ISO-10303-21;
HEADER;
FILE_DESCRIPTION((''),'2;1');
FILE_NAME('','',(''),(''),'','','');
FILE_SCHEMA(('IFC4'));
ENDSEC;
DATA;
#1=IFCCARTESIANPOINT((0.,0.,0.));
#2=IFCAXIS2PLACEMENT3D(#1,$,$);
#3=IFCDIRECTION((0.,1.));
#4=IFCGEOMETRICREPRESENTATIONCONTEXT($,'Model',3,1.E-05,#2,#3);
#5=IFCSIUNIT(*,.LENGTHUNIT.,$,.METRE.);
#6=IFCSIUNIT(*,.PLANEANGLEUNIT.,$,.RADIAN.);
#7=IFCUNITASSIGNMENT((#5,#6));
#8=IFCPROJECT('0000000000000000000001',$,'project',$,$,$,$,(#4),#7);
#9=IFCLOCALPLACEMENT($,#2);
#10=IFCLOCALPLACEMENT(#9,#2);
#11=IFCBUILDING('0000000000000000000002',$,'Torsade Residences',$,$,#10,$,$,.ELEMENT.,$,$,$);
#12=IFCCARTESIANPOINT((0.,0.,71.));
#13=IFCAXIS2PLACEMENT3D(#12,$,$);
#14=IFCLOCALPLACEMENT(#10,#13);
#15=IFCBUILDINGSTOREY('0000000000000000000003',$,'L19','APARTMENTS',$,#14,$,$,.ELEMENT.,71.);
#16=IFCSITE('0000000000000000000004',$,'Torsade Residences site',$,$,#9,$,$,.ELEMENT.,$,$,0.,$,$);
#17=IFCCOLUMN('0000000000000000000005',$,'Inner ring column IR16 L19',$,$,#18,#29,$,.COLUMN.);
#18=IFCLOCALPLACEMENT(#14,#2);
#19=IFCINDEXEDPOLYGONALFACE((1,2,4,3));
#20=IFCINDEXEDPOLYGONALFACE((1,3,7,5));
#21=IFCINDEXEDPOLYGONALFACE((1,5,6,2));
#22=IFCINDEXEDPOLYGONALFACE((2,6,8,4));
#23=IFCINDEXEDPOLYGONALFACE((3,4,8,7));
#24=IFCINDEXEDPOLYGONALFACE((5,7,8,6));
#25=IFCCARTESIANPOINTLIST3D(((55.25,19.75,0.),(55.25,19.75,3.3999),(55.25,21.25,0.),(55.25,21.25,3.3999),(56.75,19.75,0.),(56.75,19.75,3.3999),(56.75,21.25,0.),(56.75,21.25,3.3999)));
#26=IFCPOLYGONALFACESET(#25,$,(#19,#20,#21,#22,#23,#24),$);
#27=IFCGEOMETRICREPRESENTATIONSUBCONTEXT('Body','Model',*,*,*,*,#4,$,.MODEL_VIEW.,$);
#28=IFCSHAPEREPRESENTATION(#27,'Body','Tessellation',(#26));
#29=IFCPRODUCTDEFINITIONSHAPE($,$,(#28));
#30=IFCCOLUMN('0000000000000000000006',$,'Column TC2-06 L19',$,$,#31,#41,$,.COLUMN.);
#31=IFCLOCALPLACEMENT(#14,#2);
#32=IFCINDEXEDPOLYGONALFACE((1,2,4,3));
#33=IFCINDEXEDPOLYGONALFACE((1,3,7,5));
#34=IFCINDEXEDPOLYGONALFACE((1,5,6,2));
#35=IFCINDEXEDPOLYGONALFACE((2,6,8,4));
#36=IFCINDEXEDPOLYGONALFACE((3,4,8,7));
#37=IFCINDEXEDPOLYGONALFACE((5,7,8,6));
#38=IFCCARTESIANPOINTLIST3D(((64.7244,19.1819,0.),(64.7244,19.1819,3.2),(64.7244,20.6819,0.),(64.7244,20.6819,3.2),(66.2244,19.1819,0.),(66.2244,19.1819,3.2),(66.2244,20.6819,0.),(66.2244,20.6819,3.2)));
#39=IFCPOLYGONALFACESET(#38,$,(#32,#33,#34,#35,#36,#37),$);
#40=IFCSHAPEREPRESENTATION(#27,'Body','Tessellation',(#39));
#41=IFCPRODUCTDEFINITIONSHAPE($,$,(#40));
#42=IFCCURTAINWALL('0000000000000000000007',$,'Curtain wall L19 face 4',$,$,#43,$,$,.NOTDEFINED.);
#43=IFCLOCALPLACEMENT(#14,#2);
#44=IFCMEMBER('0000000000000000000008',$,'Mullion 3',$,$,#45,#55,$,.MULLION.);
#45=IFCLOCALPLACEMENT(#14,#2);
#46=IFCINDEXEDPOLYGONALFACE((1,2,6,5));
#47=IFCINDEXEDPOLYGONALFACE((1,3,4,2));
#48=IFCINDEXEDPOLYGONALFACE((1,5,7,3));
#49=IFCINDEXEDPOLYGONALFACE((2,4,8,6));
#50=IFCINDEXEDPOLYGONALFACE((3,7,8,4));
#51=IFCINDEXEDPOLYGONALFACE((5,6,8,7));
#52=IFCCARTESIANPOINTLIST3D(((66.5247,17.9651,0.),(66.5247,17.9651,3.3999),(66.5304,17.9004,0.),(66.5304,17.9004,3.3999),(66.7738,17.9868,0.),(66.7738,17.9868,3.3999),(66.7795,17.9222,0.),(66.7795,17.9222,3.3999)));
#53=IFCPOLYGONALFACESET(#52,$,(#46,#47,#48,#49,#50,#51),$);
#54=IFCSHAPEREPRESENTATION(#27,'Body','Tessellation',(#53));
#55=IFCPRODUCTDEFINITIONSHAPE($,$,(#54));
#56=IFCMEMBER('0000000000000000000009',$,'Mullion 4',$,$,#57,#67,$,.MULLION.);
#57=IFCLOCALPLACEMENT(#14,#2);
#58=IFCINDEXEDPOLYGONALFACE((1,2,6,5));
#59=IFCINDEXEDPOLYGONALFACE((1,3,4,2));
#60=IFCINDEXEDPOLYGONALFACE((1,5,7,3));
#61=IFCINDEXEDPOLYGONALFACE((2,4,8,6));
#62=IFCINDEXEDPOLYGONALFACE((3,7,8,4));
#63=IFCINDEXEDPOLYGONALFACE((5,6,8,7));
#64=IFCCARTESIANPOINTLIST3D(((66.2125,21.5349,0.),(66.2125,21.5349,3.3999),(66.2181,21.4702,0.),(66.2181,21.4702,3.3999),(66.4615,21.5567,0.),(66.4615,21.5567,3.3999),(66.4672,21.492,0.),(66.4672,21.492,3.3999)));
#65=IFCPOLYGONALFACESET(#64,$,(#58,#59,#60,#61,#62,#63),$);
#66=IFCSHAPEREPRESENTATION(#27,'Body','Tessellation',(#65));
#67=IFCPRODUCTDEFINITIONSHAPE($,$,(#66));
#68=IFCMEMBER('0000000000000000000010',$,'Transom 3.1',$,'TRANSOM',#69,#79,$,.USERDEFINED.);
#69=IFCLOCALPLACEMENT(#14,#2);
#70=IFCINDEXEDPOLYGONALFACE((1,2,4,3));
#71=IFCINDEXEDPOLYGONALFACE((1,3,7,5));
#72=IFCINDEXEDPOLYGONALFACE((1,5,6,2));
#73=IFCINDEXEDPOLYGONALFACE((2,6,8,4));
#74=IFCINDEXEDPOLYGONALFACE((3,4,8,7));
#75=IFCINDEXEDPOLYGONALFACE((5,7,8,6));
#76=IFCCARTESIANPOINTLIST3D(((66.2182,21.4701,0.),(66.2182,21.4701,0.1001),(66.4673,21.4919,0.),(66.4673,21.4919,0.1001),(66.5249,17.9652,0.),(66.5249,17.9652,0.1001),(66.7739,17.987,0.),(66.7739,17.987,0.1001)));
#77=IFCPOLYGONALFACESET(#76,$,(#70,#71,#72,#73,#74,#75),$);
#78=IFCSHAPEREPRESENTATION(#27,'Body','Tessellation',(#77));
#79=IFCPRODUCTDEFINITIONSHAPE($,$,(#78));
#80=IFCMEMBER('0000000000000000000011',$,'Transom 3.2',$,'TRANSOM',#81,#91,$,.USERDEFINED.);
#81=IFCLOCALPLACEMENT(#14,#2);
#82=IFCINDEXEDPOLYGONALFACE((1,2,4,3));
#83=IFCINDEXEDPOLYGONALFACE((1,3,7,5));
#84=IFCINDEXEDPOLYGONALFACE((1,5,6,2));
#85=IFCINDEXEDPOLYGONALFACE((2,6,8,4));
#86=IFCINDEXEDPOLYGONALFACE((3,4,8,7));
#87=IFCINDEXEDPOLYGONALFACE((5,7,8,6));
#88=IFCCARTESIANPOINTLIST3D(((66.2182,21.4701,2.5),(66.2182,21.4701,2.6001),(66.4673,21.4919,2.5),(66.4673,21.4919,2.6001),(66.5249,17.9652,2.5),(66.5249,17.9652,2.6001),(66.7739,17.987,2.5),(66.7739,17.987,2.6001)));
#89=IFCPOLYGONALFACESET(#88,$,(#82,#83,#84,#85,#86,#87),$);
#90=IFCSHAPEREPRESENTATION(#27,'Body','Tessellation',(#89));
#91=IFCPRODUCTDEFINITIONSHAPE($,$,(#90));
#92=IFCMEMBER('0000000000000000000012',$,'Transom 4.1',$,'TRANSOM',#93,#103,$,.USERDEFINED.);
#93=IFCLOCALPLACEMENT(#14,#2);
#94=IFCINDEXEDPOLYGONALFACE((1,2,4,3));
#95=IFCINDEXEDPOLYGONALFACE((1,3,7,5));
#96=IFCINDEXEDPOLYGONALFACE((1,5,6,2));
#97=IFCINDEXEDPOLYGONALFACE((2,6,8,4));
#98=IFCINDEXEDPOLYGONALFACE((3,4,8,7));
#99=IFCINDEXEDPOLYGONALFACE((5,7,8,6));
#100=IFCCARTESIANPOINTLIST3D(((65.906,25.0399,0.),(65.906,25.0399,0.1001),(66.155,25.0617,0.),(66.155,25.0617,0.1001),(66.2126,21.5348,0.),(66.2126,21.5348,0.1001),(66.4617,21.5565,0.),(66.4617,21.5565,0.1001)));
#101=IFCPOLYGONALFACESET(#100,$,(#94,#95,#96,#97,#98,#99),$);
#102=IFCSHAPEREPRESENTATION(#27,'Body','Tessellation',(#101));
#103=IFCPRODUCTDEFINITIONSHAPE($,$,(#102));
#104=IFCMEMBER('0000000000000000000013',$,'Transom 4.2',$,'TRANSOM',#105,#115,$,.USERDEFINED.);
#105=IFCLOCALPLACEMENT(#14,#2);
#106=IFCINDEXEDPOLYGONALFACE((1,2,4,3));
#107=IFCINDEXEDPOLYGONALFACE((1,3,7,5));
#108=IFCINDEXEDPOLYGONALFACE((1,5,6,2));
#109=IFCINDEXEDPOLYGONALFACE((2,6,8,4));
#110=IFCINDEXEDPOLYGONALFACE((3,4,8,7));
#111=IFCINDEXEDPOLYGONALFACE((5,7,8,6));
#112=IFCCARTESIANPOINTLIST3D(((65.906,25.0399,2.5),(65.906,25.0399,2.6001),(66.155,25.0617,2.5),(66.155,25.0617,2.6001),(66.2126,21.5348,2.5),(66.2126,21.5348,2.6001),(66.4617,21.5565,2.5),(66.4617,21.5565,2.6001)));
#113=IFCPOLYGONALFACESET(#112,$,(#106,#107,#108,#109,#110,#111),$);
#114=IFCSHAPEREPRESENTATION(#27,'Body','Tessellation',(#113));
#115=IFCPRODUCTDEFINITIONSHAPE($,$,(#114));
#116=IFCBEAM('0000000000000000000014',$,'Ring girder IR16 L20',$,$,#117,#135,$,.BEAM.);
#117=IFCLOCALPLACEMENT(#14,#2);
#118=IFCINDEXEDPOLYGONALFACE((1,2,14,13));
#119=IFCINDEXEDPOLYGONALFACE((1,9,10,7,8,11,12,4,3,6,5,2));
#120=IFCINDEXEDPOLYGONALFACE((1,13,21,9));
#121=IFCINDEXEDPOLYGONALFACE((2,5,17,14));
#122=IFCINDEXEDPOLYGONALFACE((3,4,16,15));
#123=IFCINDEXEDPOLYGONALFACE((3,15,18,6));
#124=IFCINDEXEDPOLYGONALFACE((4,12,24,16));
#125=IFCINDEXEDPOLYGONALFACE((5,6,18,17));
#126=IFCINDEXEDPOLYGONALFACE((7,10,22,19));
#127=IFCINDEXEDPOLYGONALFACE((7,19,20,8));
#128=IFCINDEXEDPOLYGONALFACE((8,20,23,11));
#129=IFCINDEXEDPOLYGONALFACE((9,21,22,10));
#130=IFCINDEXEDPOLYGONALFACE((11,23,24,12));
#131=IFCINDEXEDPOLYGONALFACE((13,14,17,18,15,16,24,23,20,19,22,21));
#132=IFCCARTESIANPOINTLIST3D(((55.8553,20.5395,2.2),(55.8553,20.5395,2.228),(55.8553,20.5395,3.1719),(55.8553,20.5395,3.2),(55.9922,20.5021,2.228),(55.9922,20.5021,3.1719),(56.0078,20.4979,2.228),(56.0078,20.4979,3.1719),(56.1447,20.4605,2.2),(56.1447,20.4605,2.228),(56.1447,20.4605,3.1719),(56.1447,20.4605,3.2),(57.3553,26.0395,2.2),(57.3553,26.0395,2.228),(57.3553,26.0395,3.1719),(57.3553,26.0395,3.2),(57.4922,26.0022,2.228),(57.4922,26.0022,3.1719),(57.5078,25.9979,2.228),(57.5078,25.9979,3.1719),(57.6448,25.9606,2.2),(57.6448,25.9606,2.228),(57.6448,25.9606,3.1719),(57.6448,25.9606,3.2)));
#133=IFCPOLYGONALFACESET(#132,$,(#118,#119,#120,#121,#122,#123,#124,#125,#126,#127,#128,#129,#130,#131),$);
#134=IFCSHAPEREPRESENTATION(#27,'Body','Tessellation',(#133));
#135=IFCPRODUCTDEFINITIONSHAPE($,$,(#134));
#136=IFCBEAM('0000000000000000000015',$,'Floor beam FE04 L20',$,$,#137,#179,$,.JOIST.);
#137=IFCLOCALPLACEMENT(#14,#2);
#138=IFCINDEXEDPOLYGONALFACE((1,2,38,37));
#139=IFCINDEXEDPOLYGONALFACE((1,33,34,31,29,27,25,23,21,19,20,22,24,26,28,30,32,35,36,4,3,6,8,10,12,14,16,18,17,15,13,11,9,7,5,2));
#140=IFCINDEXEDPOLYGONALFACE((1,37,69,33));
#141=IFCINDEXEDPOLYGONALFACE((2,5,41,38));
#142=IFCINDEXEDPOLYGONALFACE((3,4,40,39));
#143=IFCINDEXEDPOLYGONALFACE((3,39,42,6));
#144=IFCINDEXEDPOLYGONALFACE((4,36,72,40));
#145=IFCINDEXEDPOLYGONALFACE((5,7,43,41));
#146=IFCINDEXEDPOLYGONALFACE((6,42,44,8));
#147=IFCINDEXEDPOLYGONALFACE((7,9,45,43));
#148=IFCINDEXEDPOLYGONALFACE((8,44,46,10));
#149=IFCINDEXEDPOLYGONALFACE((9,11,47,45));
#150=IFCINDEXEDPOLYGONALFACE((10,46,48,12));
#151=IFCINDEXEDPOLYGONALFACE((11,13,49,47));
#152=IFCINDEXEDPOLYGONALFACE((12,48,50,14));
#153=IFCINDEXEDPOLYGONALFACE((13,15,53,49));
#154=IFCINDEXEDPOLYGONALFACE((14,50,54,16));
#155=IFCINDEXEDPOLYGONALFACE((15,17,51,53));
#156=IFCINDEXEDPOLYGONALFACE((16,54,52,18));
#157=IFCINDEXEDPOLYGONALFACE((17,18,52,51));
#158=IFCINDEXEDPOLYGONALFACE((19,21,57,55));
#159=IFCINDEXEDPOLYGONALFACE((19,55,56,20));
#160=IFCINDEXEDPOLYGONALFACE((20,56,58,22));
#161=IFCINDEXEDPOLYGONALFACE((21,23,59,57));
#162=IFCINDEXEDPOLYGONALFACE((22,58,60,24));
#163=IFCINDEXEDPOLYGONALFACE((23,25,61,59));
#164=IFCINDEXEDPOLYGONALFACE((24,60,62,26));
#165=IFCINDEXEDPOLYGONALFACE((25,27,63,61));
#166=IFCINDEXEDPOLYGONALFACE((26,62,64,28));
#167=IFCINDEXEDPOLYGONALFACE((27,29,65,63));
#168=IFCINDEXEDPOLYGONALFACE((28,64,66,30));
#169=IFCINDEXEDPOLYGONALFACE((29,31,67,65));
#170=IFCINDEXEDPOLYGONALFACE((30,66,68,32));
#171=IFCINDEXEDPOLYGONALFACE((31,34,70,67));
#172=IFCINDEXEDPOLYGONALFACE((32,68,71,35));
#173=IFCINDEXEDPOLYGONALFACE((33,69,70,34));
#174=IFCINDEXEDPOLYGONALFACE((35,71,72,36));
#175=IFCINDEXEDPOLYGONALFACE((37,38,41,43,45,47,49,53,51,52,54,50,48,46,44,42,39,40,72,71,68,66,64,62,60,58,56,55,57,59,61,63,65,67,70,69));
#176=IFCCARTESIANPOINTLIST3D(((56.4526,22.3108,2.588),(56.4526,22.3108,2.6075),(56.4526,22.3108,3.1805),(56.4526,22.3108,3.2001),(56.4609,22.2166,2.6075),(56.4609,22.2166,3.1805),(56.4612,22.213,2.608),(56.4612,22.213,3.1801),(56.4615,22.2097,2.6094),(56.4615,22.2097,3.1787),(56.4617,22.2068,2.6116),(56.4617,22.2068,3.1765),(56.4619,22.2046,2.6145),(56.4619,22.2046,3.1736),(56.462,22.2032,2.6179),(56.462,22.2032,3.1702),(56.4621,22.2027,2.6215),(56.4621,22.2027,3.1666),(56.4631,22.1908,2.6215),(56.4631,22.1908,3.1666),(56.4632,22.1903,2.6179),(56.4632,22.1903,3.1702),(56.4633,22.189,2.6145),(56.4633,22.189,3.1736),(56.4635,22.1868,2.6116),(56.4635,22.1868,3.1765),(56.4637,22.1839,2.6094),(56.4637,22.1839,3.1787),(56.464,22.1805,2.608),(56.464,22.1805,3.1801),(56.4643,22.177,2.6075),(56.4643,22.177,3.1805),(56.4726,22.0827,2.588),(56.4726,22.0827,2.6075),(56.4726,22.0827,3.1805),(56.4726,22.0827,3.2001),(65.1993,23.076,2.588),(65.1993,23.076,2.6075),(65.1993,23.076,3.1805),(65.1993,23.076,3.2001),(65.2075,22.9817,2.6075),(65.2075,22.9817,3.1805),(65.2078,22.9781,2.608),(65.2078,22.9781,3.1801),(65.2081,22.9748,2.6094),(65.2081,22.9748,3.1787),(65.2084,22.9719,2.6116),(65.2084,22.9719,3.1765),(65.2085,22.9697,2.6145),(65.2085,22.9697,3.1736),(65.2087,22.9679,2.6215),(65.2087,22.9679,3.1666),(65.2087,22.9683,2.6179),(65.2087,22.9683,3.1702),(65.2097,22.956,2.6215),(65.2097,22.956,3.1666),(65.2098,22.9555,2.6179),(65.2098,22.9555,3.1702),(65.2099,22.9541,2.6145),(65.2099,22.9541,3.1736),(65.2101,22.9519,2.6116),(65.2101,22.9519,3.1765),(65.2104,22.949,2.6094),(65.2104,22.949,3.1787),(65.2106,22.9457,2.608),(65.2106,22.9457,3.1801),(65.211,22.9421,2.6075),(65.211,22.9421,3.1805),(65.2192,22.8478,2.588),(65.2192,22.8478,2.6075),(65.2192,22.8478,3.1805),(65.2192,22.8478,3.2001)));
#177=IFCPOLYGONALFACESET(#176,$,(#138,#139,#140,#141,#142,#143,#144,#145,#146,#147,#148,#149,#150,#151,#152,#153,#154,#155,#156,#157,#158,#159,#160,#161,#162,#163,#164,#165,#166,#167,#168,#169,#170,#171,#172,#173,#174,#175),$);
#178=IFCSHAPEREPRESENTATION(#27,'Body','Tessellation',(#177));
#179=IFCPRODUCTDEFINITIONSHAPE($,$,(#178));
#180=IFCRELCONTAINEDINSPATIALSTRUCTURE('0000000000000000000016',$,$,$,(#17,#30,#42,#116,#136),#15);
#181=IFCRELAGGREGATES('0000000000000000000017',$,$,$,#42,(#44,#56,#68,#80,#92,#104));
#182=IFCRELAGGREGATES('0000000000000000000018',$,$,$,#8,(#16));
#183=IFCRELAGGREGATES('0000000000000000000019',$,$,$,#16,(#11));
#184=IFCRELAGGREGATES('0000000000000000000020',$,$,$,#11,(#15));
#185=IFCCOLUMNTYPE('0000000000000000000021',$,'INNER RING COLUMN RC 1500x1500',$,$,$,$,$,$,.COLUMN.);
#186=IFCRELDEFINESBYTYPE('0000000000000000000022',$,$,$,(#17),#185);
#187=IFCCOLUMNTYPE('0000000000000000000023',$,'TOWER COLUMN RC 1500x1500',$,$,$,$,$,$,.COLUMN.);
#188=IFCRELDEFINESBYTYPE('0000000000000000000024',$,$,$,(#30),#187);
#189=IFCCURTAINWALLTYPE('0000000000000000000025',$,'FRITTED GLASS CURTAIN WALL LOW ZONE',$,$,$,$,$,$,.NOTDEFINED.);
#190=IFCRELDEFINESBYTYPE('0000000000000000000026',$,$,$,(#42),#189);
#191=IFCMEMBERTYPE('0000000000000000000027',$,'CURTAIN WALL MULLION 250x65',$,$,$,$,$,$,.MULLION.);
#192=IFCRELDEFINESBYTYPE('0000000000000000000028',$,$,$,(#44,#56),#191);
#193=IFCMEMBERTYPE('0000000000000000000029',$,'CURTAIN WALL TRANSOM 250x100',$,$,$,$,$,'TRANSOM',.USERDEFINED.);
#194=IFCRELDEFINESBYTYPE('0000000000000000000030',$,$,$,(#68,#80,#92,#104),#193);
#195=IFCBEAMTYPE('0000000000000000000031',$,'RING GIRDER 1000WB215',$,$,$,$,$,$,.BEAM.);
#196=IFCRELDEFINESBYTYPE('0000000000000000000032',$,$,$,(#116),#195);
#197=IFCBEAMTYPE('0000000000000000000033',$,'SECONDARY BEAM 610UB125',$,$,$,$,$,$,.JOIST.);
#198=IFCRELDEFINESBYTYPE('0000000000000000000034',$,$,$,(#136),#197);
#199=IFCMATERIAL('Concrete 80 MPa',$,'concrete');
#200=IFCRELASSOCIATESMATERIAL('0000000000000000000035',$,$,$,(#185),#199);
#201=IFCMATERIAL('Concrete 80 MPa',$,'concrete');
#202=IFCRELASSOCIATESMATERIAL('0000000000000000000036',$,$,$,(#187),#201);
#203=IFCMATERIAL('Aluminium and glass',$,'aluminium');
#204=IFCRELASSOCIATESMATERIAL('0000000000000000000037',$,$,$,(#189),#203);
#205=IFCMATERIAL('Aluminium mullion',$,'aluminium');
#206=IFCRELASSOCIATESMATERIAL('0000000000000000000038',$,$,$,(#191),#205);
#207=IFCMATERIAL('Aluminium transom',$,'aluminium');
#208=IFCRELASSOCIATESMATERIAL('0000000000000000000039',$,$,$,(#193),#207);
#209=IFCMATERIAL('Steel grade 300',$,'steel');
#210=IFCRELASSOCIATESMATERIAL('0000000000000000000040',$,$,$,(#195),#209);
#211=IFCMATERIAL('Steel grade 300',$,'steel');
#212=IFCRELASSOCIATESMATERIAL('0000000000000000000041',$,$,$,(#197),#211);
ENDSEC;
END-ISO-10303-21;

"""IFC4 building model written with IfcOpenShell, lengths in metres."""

from ifc_helpers import new_model, si_unit, direction, frame, origin, origin_2d, place, context, subcontext, project, spatial, rectangle, i_section, extrude, material, material_profile, profile_set, type_object, element, aggregate, save


model = new_model("IFC4")

# Units and contexts
model_context = context("Model", 3, precision=1e-05, world=origin(), true_north=direction((0.0, 1.0)))
body_context = subcontext(model_context, "Body", "Model", "MODEL_VIEW")
ifc_project = project(units=[si_unit("LENGTHUNIT", "METRE"), si_unit("PLANEANGLEUNIT", "RADIAN")], contexts=[model_context])

# Site, building, storey
site_placement = place(None, origin())
site = spatial("IfcSite", under=ifc_project, at=site_placement, Name="Torsade Residences site", CompositionType="ELEMENT", RefElevation=0.0)
building_placement = place(site_placement, origin())
building = spatial("IfcBuilding", under=site, at=building_placement, Name="Torsade Residences", CompositionType="ELEMENT")
storey_placement = place(building_placement, frame((0.0, 0.0, 71.0)))
storey = spatial("IfcBuildingStorey", under=building, at=storey_placement, Name="L19", Description="APARTMENTS", CompositionType="ELEMENT", Elevation=71.0)

# Columns
ifc_material_1 = material(Name="Concrete 80 MPa", Category="concrete")
ifc_material_profile_1 = material_profile(ifc_material_1, rectangle(XDim=1.5, YDim=1.5, at=origin_2d()), Name="RC 1500x1500")
ifc_profile_set_1 = profile_set([ifc_material_profile_1], Name="Concrete 80 MPa")
column_type_1 = type_object("IfcColumnType", Name="INNER RING COLUMN RC 1500x1500", PredefinedType="COLUMN", material=ifc_profile_set_1)
column_1_placement = place(storey_placement, frame((56.0, 20.5, 0.0), z_axis=(0.0, 0.0, 1.0), x_axis=(1.0, 0.0, 0.0)))
element("IfcColumn", 1, at=column_1_placement, inside=storey, type_object=column_type_1, Name="Inner ring column IR16 L19", PredefinedType="COLUMN", context=body_context, shape_type="SweptSolid", body=[
    extrude(rectangle(XDim=1.5, YDim=1.5, at=origin_2d()), origin(), (0.0, 0.0, 1.0), 3.3999),
])
ifc_material_2 = material(Name="Concrete 80 MPa", Category="concrete")
ifc_material_profile_2 = material_profile(ifc_material_2, rectangle(XDim=1.5, YDim=1.5, at=origin_2d()), Name="RC 1500x1500")
ifc_profile_set_2 = profile_set([ifc_material_profile_2], Name="Concrete 80 MPa")
column_type_2 = type_object("IfcColumnType", Name="TOWER COLUMN RC 1500x1500", PredefinedType="COLUMN", material=ifc_profile_set_2)
column_2_placement = place(storey_placement, frame((65.4744, 19.9319, 0.0), z_axis=(0.0, 0.0, 1.0), x_axis=(1.0, 0.0, 0.0)))
element("IfcColumn", 2, at=column_2_placement, inside=storey, type_object=column_type_2, Name="Column TC2-06 L19", PredefinedType="COLUMN", context=body_context, shape_type="SweptSolid", body=[
    extrude(rectangle(XDim=1.5, YDim=1.5, at=origin_2d()), origin(), (0.0, 0.0, 1.0), 3.2),
])

# Curtain wall, members
ifc_material_3 = material(Name="Aluminium and glass", Category="aluminium")
curtain_wall_type = type_object("IfcCurtainWallType", Name="FRITTED GLASS CURTAIN WALL LOW ZONE", PredefinedType="NOTDEFINED", material=ifc_material_3)
curtain_wall_placement = place(storey_placement, origin())
curtain_wall = element("IfcCurtainWall", 3, at=curtain_wall_placement, inside=storey, type_object=curtain_wall_type, Name="Curtain wall L19 face 4", PredefinedType="NOTDEFINED")
ifc_material_4 = material(Name="Aluminium mullion", Category="aluminium")
ifc_material_profile_3 = material_profile(ifc_material_4, rectangle(XDim=0.25, YDim=0.0649, at=origin_2d()), Name="CURTAIN WALL MULLION 250x65")
ifc_profile_set_3 = profile_set([ifc_material_profile_3], Name="Aluminium mullion")
member_type_1 = type_object("IfcMemberType", Name="CURTAIN WALL MULLION 250x65", PredefinedType="MULLION", material=ifc_profile_set_3)
member_1_placement = place(storey_placement, frame((66.6521, 17.9436, 0.0), z_axis=(0.0, 0.0, 1.0), x_axis=(-0.996195, -0.087156, 0.0)))
member_1 = element("IfcMember", 4, at=member_1_placement, type_object=member_type_1, Name="Mullion 3", PredefinedType="MULLION", context=body_context, shape_type="SweptSolid", body=[
    extrude(rectangle(XDim=0.25, YDim=0.0649, at=origin_2d()), origin(), (0.0, 0.0, 1.0), 3.3999),
])
member_2_placement = place(storey_placement, frame((66.3398, 21.5134, 0.0), z_axis=(0.0, 0.0, 1.0), x_axis=(-0.996195, -0.087156, 0.0)))
member_2 = element("IfcMember", 5, at=member_2_placement, type_object=member_type_1, Name="Mullion 4", PredefinedType="MULLION", context=body_context, shape_type="SweptSolid", body=[
    extrude(rectangle(XDim=0.25, YDim=0.0649, at=origin_2d()), origin(), (0.0, 0.0, 1.0), 3.3999),
])
ifc_material_5 = material(Name="Aluminium transom", Category="aluminium")
ifc_material_profile_4 = material_profile(ifc_material_5, rectangle(XDim=0.25, YDim=0.1001, at=origin_2d()), Name="CURTAIN WALL TRANSOM 250x100")
ifc_profile_set_4 = profile_set([ifc_material_profile_4], Name="Aluminium transom")
member_type_2 = type_object("IfcMemberType", Name="CURTAIN WALL TRANSOM 250x100", ElementType="TRANSOM", PredefinedType="USERDEFINED", material=ifc_profile_set_4)
member_3_placement = place(storey_placement, frame((66.6494, 17.9761, 0.05), z_axis=(-0.087157, 0.996195, 0.0), x_axis=(-0.996195, -0.087157, 0.0)))
member_3 = element("IfcMember", 6, at=member_3_placement, type_object=member_type_2, Name="Transom 3.1", ObjectType="TRANSOM", PredefinedType="USERDEFINED", context=body_context, shape_type="SweptSolid", body=[
    extrude(rectangle(XDim=0.25, YDim=0.1001, at=origin_2d()), origin(), (0.0, 0.0, 1.0), 3.5183),
])
member_4_placement = place(storey_placement, frame((66.6494, 17.9761, 2.55), z_axis=(-0.087157, 0.996195, 0.0), x_axis=(-0.996195, -0.087157, 0.0)))
member_4 = element("IfcMember", 7, at=member_4_placement, type_object=member_type_2, Name="Transom 3.2", ObjectType="TRANSOM", PredefinedType="USERDEFINED", context=body_context, shape_type="SweptSolid", body=[
    extrude(rectangle(XDim=0.25, YDim=0.1001, at=origin_2d()), origin(), (0.0, 0.0, 1.0), 3.5183),
])
member_5_placement = place(storey_placement, frame((66.3372, 21.5457, 0.05), z_axis=(-0.087151, 0.996195, 0.0), x_axis=(-0.996195, -0.087151, 0.0)))
member_5 = element("IfcMember", 8, at=member_5_placement, type_object=member_type_2, Name="Transom 4.1", ObjectType="TRANSOM", PredefinedType="USERDEFINED", context=body_context, shape_type="SweptSolid", body=[
    extrude(rectangle(XDim=0.25, YDim=0.1001, at=origin_2d()), origin(), (0.0, 0.0, 1.0), 3.5186),
])
member_6_placement = place(storey_placement, frame((66.3372, 21.5457, 2.55), z_axis=(-0.087151, 0.996195, 0.0), x_axis=(-0.996195, -0.087151, 0.0)))
member_6 = element("IfcMember", 9, at=member_6_placement, type_object=member_type_2, Name="Transom 4.2", ObjectType="TRANSOM", PredefinedType="USERDEFINED", context=body_context, shape_type="SweptSolid", body=[
    extrude(rectangle(XDim=0.25, YDim=0.1001, at=origin_2d()), origin(), (0.0, 0.0, 1.0), 3.5186),
])

# Beams
ifc_material_6 = material(Name="Steel grade 300", Category="steel")
ifc_material_profile_5 = material_profile(ifc_material_6, i_section(OverallWidth=0.3, OverallDepth=1.0, WebThickness=0.0161, FlangeThickness=0.0281, at=origin_2d()), Name="1000WB215")
ifc_profile_set_5 = profile_set([ifc_material_profile_5], Name="Steel grade 300")
beam_type_1 = type_object("IfcBeamType", Name="RING GIRDER 1000WB215", PredefinedType="BEAM", material=ifc_profile_set_5)
beam_1_placement = place(storey_placement, frame((56.0, 20.5, 2.7), z_axis=(0.263117, 0.964764, 0.0), x_axis=(-0.964764, 0.263117, 0.0)))
element("IfcBeam", 10, at=beam_1_placement, inside=storey, type_object=beam_type_1, Name="Ring girder IR16 L20", PredefinedType="BEAM", context=body_context, shape_type="SweptSolid", body=[
    extrude(i_section(OverallWidth=0.3, OverallDepth=1.0, WebThickness=0.0161, FlangeThickness=0.0281, at=origin_2d()), origin(), (0.0, 0.0, 1.0), 5.7009),
])
ifc_material_7 = material(Name="Steel grade 300", Category="steel")
ifc_material_profile_6 = material_profile(ifc_material_7, i_section(OverallWidth=0.229, OverallDepth=0.6121, WebThickness=0.012, FlangeThickness=0.0195, FilletRadius=0.0139, at=origin_2d()), Name="610UB125")
ifc_profile_set_6 = profile_set([ifc_material_profile_6], Name="Steel grade 300")
beam_type_2 = type_object("IfcBeamType", Name="SECONDARY BEAM 610UB125", PredefinedType="JOIST", material=ifc_profile_set_6)
beam_2_placement = place(storey_placement, frame((65.2092, 22.9619, 2.894), z_axis=(-0.996196, -0.087146, 0.0), x_axis=(0.087146, -0.996196, 0.0)))
element("IfcBeam", 11, at=beam_2_placement, inside=storey, type_object=beam_type_2, Name="Floor beam FE04 L20", PredefinedType="JOIST", context=body_context, shape_type="SweptSolid", body=[
    extrude(i_section(OverallWidth=0.229, OverallDepth=0.6121, WebThickness=0.012, FlangeThickness=0.0195, FilletRadius=0.0139, at=origin_2d()), origin(), (0.0, 0.0, 1.0), 8.78),
])

aggregate(curtain_wall, [member_1, member_2, member_3, member_4, member_5, member_6])

save(model, "model.ifc")
